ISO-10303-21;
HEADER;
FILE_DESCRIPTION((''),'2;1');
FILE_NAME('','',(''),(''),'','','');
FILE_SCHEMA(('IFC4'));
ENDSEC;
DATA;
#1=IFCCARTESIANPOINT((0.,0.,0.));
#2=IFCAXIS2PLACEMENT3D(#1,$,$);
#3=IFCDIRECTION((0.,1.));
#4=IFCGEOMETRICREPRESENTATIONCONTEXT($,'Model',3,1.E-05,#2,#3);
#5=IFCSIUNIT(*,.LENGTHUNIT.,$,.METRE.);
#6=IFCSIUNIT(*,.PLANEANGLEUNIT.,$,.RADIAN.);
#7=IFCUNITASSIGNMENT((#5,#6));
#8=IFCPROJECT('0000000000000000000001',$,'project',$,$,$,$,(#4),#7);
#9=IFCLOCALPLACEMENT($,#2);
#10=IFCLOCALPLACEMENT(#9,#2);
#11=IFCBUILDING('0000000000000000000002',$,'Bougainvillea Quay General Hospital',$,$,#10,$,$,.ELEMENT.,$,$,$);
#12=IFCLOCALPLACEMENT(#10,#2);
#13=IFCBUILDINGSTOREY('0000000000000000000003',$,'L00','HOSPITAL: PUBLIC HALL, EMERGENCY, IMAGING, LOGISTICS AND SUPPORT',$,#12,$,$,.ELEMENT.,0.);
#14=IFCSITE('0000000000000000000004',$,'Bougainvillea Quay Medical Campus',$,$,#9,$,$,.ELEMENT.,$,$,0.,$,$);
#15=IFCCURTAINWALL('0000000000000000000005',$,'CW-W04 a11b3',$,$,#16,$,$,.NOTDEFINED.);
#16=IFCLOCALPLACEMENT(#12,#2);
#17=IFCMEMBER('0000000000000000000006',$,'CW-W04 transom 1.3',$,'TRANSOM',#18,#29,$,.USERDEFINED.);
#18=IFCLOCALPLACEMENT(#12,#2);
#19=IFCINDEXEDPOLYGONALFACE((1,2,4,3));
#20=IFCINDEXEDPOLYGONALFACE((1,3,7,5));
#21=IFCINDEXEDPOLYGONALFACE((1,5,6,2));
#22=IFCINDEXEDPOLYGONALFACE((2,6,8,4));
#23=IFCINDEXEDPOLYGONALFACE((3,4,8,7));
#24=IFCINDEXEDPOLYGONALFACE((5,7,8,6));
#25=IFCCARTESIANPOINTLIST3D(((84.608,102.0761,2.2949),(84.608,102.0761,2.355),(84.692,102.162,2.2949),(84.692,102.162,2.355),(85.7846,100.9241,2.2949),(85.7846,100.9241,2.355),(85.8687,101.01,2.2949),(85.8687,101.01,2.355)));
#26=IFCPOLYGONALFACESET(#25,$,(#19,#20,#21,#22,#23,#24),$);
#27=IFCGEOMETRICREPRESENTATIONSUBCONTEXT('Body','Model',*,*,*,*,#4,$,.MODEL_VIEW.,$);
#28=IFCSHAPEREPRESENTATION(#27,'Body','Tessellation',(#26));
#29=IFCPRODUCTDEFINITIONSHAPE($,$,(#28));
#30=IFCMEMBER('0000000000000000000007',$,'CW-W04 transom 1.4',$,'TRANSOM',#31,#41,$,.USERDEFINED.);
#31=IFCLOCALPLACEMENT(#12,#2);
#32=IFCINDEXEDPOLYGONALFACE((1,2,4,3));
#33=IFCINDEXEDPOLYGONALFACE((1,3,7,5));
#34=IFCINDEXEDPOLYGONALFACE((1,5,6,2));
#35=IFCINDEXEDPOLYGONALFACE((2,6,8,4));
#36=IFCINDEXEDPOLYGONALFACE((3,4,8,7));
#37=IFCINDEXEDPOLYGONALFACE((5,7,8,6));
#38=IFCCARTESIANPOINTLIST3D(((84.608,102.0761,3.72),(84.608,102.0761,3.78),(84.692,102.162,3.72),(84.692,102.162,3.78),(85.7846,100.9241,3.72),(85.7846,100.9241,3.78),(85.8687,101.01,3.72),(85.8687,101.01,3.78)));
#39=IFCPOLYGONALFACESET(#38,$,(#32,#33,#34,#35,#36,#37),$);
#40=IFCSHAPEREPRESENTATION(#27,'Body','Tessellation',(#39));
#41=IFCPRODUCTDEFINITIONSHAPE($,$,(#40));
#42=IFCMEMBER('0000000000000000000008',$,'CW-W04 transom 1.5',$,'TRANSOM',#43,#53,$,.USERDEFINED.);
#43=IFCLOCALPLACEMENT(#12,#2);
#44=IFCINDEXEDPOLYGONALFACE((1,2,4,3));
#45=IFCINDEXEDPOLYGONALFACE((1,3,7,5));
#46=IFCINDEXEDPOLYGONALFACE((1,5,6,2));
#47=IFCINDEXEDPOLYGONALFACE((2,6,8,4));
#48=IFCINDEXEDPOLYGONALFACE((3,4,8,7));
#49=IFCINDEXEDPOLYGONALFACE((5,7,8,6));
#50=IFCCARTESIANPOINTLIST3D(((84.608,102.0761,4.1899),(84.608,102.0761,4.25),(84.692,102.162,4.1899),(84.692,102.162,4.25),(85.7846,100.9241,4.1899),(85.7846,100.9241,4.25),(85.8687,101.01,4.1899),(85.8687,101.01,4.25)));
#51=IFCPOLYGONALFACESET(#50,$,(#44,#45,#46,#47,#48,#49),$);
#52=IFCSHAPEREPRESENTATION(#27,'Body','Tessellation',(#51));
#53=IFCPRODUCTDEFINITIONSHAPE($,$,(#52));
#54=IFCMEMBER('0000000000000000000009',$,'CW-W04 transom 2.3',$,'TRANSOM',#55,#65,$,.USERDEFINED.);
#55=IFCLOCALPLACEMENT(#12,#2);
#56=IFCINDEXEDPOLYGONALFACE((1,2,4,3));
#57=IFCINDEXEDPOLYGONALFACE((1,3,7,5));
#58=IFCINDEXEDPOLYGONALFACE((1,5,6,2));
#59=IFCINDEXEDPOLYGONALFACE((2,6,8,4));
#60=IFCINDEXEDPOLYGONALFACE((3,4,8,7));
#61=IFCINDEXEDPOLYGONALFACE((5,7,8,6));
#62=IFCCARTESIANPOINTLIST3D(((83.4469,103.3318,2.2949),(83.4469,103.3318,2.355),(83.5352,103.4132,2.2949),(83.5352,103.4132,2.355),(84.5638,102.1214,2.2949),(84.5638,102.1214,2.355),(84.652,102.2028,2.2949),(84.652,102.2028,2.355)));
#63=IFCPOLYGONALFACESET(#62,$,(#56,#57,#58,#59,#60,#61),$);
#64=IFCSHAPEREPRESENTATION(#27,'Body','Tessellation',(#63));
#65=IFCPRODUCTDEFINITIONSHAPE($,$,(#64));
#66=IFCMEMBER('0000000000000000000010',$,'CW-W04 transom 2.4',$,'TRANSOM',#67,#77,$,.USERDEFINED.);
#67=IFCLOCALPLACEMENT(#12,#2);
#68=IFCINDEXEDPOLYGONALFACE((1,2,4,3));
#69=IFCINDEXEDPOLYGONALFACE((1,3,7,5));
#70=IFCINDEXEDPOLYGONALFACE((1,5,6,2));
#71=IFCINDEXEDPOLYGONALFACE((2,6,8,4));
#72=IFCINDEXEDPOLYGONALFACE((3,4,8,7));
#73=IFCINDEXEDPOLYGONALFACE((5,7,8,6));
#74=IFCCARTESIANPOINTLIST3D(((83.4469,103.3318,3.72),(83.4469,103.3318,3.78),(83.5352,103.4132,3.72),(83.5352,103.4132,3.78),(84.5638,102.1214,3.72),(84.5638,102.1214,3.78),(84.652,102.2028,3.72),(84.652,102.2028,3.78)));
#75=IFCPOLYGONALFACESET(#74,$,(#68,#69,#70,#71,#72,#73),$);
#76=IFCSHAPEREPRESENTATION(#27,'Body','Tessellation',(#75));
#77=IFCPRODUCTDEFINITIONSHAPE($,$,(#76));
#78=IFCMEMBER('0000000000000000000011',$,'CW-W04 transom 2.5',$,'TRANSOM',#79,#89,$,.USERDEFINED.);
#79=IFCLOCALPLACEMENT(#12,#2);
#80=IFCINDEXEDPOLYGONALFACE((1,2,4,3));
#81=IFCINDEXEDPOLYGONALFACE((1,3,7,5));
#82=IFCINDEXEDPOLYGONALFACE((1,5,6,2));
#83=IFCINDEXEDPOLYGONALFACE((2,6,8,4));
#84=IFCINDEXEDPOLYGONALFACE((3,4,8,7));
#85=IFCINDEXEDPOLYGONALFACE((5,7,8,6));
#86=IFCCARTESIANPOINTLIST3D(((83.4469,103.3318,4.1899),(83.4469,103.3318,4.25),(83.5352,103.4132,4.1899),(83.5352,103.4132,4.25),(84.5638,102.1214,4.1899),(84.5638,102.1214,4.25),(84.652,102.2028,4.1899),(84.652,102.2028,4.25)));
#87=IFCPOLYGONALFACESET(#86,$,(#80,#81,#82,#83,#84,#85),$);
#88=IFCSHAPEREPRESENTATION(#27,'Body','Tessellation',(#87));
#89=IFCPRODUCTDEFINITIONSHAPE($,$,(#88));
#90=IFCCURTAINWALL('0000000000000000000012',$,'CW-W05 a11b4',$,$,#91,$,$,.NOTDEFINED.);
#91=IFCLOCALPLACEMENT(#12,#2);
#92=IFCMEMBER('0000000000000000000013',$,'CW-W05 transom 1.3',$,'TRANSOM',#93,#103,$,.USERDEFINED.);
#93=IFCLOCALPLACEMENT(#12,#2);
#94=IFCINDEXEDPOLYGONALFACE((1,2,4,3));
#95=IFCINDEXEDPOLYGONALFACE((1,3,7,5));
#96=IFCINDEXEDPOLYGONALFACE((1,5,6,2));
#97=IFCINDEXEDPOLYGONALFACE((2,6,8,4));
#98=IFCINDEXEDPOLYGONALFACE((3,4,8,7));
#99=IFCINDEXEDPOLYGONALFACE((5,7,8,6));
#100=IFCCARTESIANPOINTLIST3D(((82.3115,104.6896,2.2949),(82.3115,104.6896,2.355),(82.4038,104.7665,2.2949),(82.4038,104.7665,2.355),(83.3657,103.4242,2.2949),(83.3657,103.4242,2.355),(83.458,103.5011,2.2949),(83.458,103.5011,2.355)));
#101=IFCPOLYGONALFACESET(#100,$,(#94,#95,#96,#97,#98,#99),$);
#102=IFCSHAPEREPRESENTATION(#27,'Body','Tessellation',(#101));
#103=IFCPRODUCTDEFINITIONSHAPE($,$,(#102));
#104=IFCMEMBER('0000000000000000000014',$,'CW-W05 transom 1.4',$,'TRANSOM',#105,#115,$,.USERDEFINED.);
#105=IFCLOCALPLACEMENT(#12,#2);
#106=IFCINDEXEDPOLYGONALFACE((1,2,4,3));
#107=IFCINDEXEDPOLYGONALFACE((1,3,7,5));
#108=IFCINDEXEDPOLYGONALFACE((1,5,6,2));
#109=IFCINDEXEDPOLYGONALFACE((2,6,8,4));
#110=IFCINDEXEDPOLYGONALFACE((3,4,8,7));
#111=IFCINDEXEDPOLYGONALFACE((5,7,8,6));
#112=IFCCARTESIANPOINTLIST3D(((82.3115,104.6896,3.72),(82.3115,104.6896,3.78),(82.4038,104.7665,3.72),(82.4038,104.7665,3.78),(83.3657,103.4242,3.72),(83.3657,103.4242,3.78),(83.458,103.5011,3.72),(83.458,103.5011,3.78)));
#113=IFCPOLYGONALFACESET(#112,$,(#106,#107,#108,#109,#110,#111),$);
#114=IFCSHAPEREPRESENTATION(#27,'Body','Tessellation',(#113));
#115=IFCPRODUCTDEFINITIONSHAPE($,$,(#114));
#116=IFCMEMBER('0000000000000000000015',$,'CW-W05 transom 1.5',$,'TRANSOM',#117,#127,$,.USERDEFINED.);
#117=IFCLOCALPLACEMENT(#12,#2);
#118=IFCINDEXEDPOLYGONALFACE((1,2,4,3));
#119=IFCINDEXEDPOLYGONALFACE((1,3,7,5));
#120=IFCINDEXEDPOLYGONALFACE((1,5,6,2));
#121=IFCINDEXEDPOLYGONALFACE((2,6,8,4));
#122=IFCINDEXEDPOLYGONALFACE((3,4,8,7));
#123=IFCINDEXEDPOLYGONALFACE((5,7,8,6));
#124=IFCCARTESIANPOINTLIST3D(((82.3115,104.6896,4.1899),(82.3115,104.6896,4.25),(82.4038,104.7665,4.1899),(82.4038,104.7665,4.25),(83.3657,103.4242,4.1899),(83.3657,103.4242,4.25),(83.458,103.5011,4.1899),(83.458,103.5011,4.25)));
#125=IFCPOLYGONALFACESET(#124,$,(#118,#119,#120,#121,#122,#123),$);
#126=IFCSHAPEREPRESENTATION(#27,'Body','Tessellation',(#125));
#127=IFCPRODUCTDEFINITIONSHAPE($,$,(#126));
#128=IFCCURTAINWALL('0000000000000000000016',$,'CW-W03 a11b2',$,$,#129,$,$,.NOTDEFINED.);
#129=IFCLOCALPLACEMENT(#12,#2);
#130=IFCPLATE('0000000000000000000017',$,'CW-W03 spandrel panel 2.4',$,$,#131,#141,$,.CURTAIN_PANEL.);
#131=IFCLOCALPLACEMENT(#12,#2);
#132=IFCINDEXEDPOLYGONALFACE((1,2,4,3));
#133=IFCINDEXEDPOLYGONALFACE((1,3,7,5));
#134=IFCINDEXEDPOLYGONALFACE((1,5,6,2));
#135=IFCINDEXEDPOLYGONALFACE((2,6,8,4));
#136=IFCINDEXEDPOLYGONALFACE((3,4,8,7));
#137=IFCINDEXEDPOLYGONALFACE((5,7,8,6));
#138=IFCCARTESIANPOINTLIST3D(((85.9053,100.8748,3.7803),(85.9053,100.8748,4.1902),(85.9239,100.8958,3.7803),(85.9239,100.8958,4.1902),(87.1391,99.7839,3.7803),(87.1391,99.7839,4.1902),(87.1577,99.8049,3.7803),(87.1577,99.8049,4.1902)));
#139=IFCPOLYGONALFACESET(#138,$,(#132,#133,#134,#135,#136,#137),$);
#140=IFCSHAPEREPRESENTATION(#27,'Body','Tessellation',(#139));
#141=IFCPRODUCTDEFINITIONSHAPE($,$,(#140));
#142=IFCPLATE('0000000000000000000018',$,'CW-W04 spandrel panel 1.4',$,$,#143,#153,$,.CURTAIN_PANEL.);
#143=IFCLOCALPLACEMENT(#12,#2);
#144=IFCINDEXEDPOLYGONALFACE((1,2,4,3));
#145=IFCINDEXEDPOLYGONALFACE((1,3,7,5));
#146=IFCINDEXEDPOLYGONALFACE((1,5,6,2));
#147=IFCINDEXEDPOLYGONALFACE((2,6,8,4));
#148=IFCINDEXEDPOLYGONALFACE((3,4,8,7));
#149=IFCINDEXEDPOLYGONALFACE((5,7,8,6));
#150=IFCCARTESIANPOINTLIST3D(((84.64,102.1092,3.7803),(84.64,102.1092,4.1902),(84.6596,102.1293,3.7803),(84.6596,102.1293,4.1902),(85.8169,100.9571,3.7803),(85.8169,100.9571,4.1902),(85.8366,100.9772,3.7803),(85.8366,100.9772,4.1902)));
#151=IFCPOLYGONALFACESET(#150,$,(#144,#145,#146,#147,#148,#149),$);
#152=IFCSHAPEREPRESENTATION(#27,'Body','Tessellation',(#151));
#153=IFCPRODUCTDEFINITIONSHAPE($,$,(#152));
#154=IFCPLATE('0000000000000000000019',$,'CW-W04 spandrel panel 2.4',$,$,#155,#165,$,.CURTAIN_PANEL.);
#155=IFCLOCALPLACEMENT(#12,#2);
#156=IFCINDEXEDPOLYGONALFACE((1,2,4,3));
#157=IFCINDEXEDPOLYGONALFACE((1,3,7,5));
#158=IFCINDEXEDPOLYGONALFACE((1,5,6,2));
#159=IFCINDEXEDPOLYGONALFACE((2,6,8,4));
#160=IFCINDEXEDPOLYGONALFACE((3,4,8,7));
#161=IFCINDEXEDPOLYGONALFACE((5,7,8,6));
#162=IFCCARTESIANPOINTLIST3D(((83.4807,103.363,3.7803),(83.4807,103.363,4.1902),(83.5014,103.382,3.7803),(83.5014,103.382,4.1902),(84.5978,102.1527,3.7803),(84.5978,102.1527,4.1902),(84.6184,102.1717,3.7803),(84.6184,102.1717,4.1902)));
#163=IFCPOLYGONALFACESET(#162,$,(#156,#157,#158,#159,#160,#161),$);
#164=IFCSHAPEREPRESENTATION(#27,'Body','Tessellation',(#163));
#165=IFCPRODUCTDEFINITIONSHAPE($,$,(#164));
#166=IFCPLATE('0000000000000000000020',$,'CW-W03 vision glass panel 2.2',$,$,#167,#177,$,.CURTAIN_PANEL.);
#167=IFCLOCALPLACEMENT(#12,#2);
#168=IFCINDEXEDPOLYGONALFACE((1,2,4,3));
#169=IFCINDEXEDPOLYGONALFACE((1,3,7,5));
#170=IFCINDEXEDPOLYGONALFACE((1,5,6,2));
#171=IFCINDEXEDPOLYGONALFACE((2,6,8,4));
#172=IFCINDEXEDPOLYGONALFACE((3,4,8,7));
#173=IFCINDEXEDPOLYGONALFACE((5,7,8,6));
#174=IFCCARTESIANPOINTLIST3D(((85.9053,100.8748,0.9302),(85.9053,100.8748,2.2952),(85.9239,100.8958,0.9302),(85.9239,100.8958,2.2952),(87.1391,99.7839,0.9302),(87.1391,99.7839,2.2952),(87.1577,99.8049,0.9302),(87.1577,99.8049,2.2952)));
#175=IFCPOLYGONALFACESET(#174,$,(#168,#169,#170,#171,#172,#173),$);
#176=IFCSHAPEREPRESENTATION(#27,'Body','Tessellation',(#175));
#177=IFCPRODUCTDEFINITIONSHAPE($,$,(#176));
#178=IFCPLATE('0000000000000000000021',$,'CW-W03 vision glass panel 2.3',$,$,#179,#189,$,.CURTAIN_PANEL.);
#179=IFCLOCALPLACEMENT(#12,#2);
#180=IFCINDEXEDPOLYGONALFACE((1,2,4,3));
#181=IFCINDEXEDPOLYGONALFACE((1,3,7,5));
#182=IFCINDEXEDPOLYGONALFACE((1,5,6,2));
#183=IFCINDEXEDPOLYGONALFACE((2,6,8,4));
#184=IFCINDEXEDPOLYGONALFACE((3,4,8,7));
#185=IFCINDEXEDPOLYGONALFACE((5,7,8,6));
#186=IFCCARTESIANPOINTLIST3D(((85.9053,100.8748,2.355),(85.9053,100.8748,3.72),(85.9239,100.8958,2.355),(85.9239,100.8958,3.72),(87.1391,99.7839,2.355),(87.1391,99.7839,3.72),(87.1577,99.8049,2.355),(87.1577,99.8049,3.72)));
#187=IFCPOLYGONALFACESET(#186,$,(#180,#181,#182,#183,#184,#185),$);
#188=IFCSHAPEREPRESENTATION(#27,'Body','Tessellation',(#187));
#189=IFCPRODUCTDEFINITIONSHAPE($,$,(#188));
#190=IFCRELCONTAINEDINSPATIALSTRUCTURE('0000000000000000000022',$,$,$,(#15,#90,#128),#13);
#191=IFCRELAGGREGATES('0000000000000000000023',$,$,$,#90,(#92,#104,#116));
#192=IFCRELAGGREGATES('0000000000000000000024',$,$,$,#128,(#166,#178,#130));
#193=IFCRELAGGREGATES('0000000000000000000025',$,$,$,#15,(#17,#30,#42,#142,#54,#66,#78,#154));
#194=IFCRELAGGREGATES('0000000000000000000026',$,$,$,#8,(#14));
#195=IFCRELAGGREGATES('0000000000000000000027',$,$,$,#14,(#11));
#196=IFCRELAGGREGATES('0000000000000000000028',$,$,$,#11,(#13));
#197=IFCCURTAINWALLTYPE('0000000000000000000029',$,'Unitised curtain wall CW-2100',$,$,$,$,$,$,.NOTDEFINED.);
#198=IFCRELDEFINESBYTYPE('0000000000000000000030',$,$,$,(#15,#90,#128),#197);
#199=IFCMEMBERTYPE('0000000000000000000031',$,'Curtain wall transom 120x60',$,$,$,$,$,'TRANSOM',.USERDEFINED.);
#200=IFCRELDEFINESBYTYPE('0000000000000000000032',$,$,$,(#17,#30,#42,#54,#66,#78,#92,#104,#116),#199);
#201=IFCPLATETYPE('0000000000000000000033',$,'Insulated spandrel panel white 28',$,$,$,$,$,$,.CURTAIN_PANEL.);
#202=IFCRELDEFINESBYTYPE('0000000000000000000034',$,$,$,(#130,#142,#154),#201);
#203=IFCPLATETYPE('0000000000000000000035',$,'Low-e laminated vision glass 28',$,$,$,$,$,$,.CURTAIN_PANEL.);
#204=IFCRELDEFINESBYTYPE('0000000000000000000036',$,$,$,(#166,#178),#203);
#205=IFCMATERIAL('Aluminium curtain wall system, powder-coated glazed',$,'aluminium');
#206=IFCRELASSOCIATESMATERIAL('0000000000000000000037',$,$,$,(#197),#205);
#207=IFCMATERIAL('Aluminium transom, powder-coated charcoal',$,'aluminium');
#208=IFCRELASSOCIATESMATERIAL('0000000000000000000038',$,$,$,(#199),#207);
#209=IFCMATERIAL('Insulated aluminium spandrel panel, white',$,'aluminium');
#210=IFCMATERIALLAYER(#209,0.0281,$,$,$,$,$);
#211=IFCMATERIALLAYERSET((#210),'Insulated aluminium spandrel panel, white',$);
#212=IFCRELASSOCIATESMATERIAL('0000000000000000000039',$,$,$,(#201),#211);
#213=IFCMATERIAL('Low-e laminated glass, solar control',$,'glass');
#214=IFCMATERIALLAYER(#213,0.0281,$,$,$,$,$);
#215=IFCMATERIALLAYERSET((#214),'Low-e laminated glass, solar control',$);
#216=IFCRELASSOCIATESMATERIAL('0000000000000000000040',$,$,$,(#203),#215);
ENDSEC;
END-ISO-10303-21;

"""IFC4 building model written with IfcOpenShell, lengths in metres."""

from ifc_helpers import new_model, si_unit, direction, frame, origin, origin_2d, place, context, subcontext, project, spatial, rectangle, extrude, material, layer, layer_set, material_profile, profile_set, type_object, element, aggregate, save


model = new_model("IFC4")

# Units and contexts
model_context = context("Model", 3, precision=1e-05, world=origin(), true_north=direction((0.0, 1.0)))
body_context = subcontext(model_context, "Body", "Model", "MODEL_VIEW")
ifc_project = project(units=[si_unit("LENGTHUNIT", "METRE"), si_unit("PLANEANGLEUNIT", "RADIAN")], contexts=[model_context])

# Site, building, storey
site_placement = place(None, origin())
site = spatial("IfcSite", under=ifc_project, at=site_placement, Name="Bougainvillea Quay Medical Campus", CompositionType="ELEMENT", RefElevation=0.0)
building_placement = place(site_placement, origin())
building = spatial("IfcBuilding", under=site, at=building_placement, Name="Bougainvillea Quay General Hospital", CompositionType="ELEMENT")
storey_placement = place(building_placement, origin())
storey = spatial("IfcBuildingStorey", under=building, at=storey_placement, Name="L00", Description="HOSPITAL: PUBLIC HALL, EMERGENCY, IMAGING, LOGISTICS AND SUPPORT", CompositionType="ELEMENT", Elevation=0.0)

# Curtain walls, members
ifc_material_1 = material(Name="Aluminium curtain wall system, powder-coated glazed", Category="aluminium")
curtain_wall_type = type_object("IfcCurtainWallType", Name="Unitised curtain wall CW-2100", PredefinedType="NOTDEFINED", material=ifc_material_1)
curtain_wall_1_placement = place(storey_placement, origin())
curtain_wall_1 = element("IfcCurtainWall", 1, at=curtain_wall_1_placement, inside=storey, type_object=curtain_wall_type, Name="CW-W04 a11b3", PredefinedType="NOTDEFINED")
ifc_material_2 = material(Name="Aluminium transom, powder-coated charcoal", Category="aluminium")
ifc_material_profile_1 = material_profile(ifc_material_2, rectangle(XDim=0.1201, YDim=0.0601, at=origin_2d()))
ifc_profile_set_1 = profile_set([ifc_material_profile_1], Name="Aluminium transom, powder-coated charcoal")
member_type = type_object("IfcMemberType", Name="Curtain wall transom 120x60", ElementType="TRANSOM", PredefinedType="USERDEFINED", material=ifc_profile_set_1)
member_1_placement = place(storey_placement, frame((85.8267, 100.967, 2.325), z_axis=(-0.714554, 0.699581, 0.0), x_axis=(-0.699581, -0.714554, 0.0)))
member_1 = element("IfcMember", 2, at=member_1_placement, type_object=member_type, Name="CW-W04 transom 1.3", ObjectType="TRANSOM", PredefinedType="USERDEFINED", context=body_context, shape_type="SweptSolid", body=[
    extrude(rectangle(XDim=0.1201, YDim=0.0601, at=origin_2d()), origin(), (0.0, 0.0, 1.0), 1.6467),
])
member_2_placement = place(storey_placement, frame((85.8267, 100.967, 3.75), z_axis=(-0.714554, 0.699581, 0.0), x_axis=(-0.699581, -0.714554, 0.0)))
member_2 = element("IfcMember", 3, at=member_2_placement, type_object=member_type, Name="CW-W04 transom 1.4", ObjectType="TRANSOM", PredefinedType="USERDEFINED", context=body_context, shape_type="SweptSolid", body=[
    extrude(rectangle(XDim=0.1201, YDim=0.0601, at=origin_2d()), origin(), (0.0, 0.0, 1.0), 1.6467),
])
member_3_placement = place(storey_placement, frame((85.8267, 100.967, 4.22), z_axis=(-0.714554, 0.699581, 0.0), x_axis=(-0.699581, -0.714554, 0.0)))
member_3 = element("IfcMember", 4, at=member_3_placement, type_object=member_type, Name="CW-W04 transom 1.5", ObjectType="TRANSOM", PredefinedType="USERDEFINED", context=body_context, shape_type="SweptSolid", body=[
    extrude(rectangle(XDim=0.1201, YDim=0.0601, at=origin_2d()), origin(), (0.0, 0.0, 1.0), 1.6467),
])
member_4_placement = place(storey_placement, frame((84.6079, 102.1621, 2.325), z_axis=(-0.678151, 0.734923, 0.0), x_axis=(-0.734923, -0.678151, 0.0)))
member_4 = element("IfcMember", 5, at=member_4_placement, type_object=member_type, Name="CW-W04 transom 2.3", ObjectType="TRANSOM", PredefinedType="USERDEFINED", context=body_context, shape_type="SweptSolid", body=[
    extrude(rectangle(XDim=0.1201, YDim=0.0601, at=origin_2d()), origin(), (0.0, 0.0, 1.0), 1.647),
])
member_5_placement = place(storey_placement, frame((84.6079, 102.1621, 3.75), z_axis=(-0.678151, 0.734923, 0.0), x_axis=(-0.734923, -0.678151, 0.0)))
member_5 = element("IfcMember", 6, at=member_5_placement, type_object=member_type, Name="CW-W04 transom 2.4", ObjectType="TRANSOM", PredefinedType="USERDEFINED", context=body_context, shape_type="SweptSolid", body=[
    extrude(rectangle(XDim=0.1201, YDim=0.0601, at=origin_2d()), origin(), (0.0, 0.0, 1.0), 1.647),
])
member_6_placement = place(storey_placement, frame((84.6079, 102.1621, 4.22), z_axis=(-0.678151, 0.734923, 0.0), x_axis=(-0.734923, -0.678151, 0.0)))
member_6 = element("IfcMember", 7, at=member_6_placement, type_object=member_type, Name="CW-W04 transom 2.5", ObjectType="TRANSOM", PredefinedType="USERDEFINED", context=body_context, shape_type="SweptSolid", body=[
    extrude(rectangle(XDim=0.1201, YDim=0.0601, at=origin_2d()), origin(), (0.0, 0.0, 1.0), 1.647),
])
curtain_wall_2_placement = place(storey_placement, origin())
curtain_wall_2 = element("IfcCurtainWall", 8, at=curtain_wall_2_placement, inside=storey, type_object=curtain_wall_type, Name="CW-W05 a11b4", PredefinedType="NOTDEFINED")
member_7_placement = place(storey_placement, frame((83.4119, 103.4626, 2.325), z_axis=(-0.640082, 0.768306, 0.0), x_axis=(-0.768306, -0.640082, 0.0)))
member_7 = element("IfcMember", 9, at=member_7_placement, type_object=member_type, Name="CW-W05 transom 1.3", ObjectType="TRANSOM", PredefinedType="USERDEFINED", context=body_context, shape_type="SweptSolid", body=[
    extrude(rectangle(XDim=0.1201, YDim=0.0601, at=origin_2d()), origin(), (0.0, 0.0, 1.0), 1.647),
])
member_8_placement = place(storey_placement, frame((83.4119, 103.4626, 3.75), z_axis=(-0.640082, 0.768306, 0.0), x_axis=(-0.768306, -0.640082, 0.0)))
member_8 = element("IfcMember", 10, at=member_8_placement, type_object=member_type, Name="CW-W05 transom 1.4", ObjectType="TRANSOM", PredefinedType="USERDEFINED", context=body_context, shape_type="SweptSolid", body=[
    extrude(rectangle(XDim=0.1201, YDim=0.0601, at=origin_2d()), origin(), (0.0, 0.0, 1.0), 1.647),
])
member_9_placement = place(storey_placement, frame((83.4119, 103.4626, 4.22), z_axis=(-0.640082, 0.768306, 0.0), x_axis=(-0.768306, -0.640082, 0.0)))
member_9 = element("IfcMember", 11, at=member_9_placement, type_object=member_type, Name="CW-W05 transom 1.5", ObjectType="TRANSOM", PredefinedType="USERDEFINED", context=body_context, shape_type="SweptSolid", body=[
    extrude(rectangle(XDim=0.1201, YDim=0.0601, at=origin_2d()), origin(), (0.0, 0.0, 1.0), 1.647),
])
aggregate(curtain_wall_2, [member_7, member_8, member_9])

# Curtain wall, plate
curtain_wall_3_placement = place(storey_placement, origin())
curtain_wall_3 = element("IfcCurtainWall", 12, at=curtain_wall_3_placement, inside=storey, type_object=curtain_wall_type, Name="CW-W03 a11b2", PredefinedType="NOTDEFINED")
ifc_material_3 = material(Name="Insulated aluminium spandrel panel, white", Category="aluminium")
ifc_layer_1 = layer(ifc_material_3, 0.0281)
ifc_layer_set_1 = layer_set([ifc_layer_1], Name="Insulated aluminium spandrel panel, white")
plate_type_1 = type_object("IfcPlateType", Name="Insulated spandrel panel white 28", PredefinedType="CURTAIN_PANEL", material=ifc_layer_set_1)
plate_1_placement = place(storey_placement, frame((86.5315, 100.3398, 3.7803), z_axis=(0.0, 0.0, 1.0), x_axis=(-0.749152, 0.662398, 0.0)))
plate_1 = element("IfcPlate", 13, at=plate_1_placement, type_object=plate_type_1, Name="CW-W03 spandrel panel 2.4", PredefinedType="CURTAIN_PANEL", context=body_context, shape_type="SweptSolid", body=[
    extrude(rectangle(XDim=1.647, YDim=0.0281, at=origin_2d()), origin(), (0.0, 0.0, 1.0), 0.4099),
])

# Plates
plate_2_placement = place(storey_placement, frame((85.2383, 101.5432, 3.7803), z_axis=(0.0, 0.0, 1.0), x_axis=(-0.714607, 0.699526, 0.0)))
plate_2 = element("IfcPlate", 14, at=plate_2_placement, type_object=plate_type_1, Name="CW-W04 spandrel panel 1.4", PredefinedType="CURTAIN_PANEL", context=body_context, shape_type="SweptSolid", body=[
    extrude(rectangle(XDim=1.647, YDim=0.0281, at=origin_2d()), origin(), (0.0, 0.0, 1.0), 0.4099),
])
plate_3_placement = place(storey_placement, frame((84.0496, 102.7673, 3.7803), z_axis=(0.0, 0.0, 1.0), x_axis=(-0.678224, 0.734855, 0.0)))
plate_3 = element("IfcPlate", 15, at=plate_3_placement, type_object=plate_type_1, Name="CW-W04 spandrel panel 2.4", PredefinedType="CURTAIN_PANEL", context=body_context, shape_type="SweptSolid", body=[
    extrude(rectangle(XDim=1.647, YDim=0.0281, at=origin_2d()), origin(), (0.0, 0.0, 1.0), 0.4099),
])
ifc_material_4 = material(Name="Low-e laminated glass, solar control", Category="glass")
ifc_layer_2 = layer(ifc_material_4, 0.0281)
ifc_layer_set_2 = layer_set([ifc_layer_2], Name="Low-e laminated glass, solar control")
plate_type_2 = type_object("IfcPlateType", Name="Low-e laminated vision glass 28", PredefinedType="CURTAIN_PANEL", material=ifc_layer_set_2)
plate_4_placement = place(storey_placement, frame((86.5315, 100.3398, 0.9302), z_axis=(0.0, 0.0, 1.0), x_axis=(-0.749152, 0.662398, 0.0)))
plate_4 = element("IfcPlate", 16, at=plate_4_placement, type_object=plate_type_2, Name="CW-W03 vision glass panel 2.2", PredefinedType="CURTAIN_PANEL", context=body_context, shape_type="SweptSolid", body=[
    extrude(rectangle(XDim=1.647, YDim=0.0281, at=origin_2d()), origin(), (0.0, 0.0, 1.0), 1.365),
])
plate_5_placement = place(storey_placement, frame((86.5315, 100.3398, 2.355), z_axis=(0.0, 0.0, 1.0), x_axis=(-0.749152, 0.662398, 0.0)))
plate_5 = element("IfcPlate", 17, at=plate_5_placement, type_object=plate_type_2, Name="CW-W03 vision glass panel 2.3", PredefinedType="CURTAIN_PANEL", context=body_context, shape_type="SweptSolid", body=[
    extrude(rectangle(XDim=1.647, YDim=0.0281, at=origin_2d()), origin(), (0.0, 0.0, 1.0), 1.365),
])
aggregate(curtain_wall_3, [plate_4, plate_5, plate_1])
aggregate(curtain_wall_1, [member_1, member_2, member_3, plate_2, member_4, member_5, member_6, plate_3])

save(model, "model.ifc")
